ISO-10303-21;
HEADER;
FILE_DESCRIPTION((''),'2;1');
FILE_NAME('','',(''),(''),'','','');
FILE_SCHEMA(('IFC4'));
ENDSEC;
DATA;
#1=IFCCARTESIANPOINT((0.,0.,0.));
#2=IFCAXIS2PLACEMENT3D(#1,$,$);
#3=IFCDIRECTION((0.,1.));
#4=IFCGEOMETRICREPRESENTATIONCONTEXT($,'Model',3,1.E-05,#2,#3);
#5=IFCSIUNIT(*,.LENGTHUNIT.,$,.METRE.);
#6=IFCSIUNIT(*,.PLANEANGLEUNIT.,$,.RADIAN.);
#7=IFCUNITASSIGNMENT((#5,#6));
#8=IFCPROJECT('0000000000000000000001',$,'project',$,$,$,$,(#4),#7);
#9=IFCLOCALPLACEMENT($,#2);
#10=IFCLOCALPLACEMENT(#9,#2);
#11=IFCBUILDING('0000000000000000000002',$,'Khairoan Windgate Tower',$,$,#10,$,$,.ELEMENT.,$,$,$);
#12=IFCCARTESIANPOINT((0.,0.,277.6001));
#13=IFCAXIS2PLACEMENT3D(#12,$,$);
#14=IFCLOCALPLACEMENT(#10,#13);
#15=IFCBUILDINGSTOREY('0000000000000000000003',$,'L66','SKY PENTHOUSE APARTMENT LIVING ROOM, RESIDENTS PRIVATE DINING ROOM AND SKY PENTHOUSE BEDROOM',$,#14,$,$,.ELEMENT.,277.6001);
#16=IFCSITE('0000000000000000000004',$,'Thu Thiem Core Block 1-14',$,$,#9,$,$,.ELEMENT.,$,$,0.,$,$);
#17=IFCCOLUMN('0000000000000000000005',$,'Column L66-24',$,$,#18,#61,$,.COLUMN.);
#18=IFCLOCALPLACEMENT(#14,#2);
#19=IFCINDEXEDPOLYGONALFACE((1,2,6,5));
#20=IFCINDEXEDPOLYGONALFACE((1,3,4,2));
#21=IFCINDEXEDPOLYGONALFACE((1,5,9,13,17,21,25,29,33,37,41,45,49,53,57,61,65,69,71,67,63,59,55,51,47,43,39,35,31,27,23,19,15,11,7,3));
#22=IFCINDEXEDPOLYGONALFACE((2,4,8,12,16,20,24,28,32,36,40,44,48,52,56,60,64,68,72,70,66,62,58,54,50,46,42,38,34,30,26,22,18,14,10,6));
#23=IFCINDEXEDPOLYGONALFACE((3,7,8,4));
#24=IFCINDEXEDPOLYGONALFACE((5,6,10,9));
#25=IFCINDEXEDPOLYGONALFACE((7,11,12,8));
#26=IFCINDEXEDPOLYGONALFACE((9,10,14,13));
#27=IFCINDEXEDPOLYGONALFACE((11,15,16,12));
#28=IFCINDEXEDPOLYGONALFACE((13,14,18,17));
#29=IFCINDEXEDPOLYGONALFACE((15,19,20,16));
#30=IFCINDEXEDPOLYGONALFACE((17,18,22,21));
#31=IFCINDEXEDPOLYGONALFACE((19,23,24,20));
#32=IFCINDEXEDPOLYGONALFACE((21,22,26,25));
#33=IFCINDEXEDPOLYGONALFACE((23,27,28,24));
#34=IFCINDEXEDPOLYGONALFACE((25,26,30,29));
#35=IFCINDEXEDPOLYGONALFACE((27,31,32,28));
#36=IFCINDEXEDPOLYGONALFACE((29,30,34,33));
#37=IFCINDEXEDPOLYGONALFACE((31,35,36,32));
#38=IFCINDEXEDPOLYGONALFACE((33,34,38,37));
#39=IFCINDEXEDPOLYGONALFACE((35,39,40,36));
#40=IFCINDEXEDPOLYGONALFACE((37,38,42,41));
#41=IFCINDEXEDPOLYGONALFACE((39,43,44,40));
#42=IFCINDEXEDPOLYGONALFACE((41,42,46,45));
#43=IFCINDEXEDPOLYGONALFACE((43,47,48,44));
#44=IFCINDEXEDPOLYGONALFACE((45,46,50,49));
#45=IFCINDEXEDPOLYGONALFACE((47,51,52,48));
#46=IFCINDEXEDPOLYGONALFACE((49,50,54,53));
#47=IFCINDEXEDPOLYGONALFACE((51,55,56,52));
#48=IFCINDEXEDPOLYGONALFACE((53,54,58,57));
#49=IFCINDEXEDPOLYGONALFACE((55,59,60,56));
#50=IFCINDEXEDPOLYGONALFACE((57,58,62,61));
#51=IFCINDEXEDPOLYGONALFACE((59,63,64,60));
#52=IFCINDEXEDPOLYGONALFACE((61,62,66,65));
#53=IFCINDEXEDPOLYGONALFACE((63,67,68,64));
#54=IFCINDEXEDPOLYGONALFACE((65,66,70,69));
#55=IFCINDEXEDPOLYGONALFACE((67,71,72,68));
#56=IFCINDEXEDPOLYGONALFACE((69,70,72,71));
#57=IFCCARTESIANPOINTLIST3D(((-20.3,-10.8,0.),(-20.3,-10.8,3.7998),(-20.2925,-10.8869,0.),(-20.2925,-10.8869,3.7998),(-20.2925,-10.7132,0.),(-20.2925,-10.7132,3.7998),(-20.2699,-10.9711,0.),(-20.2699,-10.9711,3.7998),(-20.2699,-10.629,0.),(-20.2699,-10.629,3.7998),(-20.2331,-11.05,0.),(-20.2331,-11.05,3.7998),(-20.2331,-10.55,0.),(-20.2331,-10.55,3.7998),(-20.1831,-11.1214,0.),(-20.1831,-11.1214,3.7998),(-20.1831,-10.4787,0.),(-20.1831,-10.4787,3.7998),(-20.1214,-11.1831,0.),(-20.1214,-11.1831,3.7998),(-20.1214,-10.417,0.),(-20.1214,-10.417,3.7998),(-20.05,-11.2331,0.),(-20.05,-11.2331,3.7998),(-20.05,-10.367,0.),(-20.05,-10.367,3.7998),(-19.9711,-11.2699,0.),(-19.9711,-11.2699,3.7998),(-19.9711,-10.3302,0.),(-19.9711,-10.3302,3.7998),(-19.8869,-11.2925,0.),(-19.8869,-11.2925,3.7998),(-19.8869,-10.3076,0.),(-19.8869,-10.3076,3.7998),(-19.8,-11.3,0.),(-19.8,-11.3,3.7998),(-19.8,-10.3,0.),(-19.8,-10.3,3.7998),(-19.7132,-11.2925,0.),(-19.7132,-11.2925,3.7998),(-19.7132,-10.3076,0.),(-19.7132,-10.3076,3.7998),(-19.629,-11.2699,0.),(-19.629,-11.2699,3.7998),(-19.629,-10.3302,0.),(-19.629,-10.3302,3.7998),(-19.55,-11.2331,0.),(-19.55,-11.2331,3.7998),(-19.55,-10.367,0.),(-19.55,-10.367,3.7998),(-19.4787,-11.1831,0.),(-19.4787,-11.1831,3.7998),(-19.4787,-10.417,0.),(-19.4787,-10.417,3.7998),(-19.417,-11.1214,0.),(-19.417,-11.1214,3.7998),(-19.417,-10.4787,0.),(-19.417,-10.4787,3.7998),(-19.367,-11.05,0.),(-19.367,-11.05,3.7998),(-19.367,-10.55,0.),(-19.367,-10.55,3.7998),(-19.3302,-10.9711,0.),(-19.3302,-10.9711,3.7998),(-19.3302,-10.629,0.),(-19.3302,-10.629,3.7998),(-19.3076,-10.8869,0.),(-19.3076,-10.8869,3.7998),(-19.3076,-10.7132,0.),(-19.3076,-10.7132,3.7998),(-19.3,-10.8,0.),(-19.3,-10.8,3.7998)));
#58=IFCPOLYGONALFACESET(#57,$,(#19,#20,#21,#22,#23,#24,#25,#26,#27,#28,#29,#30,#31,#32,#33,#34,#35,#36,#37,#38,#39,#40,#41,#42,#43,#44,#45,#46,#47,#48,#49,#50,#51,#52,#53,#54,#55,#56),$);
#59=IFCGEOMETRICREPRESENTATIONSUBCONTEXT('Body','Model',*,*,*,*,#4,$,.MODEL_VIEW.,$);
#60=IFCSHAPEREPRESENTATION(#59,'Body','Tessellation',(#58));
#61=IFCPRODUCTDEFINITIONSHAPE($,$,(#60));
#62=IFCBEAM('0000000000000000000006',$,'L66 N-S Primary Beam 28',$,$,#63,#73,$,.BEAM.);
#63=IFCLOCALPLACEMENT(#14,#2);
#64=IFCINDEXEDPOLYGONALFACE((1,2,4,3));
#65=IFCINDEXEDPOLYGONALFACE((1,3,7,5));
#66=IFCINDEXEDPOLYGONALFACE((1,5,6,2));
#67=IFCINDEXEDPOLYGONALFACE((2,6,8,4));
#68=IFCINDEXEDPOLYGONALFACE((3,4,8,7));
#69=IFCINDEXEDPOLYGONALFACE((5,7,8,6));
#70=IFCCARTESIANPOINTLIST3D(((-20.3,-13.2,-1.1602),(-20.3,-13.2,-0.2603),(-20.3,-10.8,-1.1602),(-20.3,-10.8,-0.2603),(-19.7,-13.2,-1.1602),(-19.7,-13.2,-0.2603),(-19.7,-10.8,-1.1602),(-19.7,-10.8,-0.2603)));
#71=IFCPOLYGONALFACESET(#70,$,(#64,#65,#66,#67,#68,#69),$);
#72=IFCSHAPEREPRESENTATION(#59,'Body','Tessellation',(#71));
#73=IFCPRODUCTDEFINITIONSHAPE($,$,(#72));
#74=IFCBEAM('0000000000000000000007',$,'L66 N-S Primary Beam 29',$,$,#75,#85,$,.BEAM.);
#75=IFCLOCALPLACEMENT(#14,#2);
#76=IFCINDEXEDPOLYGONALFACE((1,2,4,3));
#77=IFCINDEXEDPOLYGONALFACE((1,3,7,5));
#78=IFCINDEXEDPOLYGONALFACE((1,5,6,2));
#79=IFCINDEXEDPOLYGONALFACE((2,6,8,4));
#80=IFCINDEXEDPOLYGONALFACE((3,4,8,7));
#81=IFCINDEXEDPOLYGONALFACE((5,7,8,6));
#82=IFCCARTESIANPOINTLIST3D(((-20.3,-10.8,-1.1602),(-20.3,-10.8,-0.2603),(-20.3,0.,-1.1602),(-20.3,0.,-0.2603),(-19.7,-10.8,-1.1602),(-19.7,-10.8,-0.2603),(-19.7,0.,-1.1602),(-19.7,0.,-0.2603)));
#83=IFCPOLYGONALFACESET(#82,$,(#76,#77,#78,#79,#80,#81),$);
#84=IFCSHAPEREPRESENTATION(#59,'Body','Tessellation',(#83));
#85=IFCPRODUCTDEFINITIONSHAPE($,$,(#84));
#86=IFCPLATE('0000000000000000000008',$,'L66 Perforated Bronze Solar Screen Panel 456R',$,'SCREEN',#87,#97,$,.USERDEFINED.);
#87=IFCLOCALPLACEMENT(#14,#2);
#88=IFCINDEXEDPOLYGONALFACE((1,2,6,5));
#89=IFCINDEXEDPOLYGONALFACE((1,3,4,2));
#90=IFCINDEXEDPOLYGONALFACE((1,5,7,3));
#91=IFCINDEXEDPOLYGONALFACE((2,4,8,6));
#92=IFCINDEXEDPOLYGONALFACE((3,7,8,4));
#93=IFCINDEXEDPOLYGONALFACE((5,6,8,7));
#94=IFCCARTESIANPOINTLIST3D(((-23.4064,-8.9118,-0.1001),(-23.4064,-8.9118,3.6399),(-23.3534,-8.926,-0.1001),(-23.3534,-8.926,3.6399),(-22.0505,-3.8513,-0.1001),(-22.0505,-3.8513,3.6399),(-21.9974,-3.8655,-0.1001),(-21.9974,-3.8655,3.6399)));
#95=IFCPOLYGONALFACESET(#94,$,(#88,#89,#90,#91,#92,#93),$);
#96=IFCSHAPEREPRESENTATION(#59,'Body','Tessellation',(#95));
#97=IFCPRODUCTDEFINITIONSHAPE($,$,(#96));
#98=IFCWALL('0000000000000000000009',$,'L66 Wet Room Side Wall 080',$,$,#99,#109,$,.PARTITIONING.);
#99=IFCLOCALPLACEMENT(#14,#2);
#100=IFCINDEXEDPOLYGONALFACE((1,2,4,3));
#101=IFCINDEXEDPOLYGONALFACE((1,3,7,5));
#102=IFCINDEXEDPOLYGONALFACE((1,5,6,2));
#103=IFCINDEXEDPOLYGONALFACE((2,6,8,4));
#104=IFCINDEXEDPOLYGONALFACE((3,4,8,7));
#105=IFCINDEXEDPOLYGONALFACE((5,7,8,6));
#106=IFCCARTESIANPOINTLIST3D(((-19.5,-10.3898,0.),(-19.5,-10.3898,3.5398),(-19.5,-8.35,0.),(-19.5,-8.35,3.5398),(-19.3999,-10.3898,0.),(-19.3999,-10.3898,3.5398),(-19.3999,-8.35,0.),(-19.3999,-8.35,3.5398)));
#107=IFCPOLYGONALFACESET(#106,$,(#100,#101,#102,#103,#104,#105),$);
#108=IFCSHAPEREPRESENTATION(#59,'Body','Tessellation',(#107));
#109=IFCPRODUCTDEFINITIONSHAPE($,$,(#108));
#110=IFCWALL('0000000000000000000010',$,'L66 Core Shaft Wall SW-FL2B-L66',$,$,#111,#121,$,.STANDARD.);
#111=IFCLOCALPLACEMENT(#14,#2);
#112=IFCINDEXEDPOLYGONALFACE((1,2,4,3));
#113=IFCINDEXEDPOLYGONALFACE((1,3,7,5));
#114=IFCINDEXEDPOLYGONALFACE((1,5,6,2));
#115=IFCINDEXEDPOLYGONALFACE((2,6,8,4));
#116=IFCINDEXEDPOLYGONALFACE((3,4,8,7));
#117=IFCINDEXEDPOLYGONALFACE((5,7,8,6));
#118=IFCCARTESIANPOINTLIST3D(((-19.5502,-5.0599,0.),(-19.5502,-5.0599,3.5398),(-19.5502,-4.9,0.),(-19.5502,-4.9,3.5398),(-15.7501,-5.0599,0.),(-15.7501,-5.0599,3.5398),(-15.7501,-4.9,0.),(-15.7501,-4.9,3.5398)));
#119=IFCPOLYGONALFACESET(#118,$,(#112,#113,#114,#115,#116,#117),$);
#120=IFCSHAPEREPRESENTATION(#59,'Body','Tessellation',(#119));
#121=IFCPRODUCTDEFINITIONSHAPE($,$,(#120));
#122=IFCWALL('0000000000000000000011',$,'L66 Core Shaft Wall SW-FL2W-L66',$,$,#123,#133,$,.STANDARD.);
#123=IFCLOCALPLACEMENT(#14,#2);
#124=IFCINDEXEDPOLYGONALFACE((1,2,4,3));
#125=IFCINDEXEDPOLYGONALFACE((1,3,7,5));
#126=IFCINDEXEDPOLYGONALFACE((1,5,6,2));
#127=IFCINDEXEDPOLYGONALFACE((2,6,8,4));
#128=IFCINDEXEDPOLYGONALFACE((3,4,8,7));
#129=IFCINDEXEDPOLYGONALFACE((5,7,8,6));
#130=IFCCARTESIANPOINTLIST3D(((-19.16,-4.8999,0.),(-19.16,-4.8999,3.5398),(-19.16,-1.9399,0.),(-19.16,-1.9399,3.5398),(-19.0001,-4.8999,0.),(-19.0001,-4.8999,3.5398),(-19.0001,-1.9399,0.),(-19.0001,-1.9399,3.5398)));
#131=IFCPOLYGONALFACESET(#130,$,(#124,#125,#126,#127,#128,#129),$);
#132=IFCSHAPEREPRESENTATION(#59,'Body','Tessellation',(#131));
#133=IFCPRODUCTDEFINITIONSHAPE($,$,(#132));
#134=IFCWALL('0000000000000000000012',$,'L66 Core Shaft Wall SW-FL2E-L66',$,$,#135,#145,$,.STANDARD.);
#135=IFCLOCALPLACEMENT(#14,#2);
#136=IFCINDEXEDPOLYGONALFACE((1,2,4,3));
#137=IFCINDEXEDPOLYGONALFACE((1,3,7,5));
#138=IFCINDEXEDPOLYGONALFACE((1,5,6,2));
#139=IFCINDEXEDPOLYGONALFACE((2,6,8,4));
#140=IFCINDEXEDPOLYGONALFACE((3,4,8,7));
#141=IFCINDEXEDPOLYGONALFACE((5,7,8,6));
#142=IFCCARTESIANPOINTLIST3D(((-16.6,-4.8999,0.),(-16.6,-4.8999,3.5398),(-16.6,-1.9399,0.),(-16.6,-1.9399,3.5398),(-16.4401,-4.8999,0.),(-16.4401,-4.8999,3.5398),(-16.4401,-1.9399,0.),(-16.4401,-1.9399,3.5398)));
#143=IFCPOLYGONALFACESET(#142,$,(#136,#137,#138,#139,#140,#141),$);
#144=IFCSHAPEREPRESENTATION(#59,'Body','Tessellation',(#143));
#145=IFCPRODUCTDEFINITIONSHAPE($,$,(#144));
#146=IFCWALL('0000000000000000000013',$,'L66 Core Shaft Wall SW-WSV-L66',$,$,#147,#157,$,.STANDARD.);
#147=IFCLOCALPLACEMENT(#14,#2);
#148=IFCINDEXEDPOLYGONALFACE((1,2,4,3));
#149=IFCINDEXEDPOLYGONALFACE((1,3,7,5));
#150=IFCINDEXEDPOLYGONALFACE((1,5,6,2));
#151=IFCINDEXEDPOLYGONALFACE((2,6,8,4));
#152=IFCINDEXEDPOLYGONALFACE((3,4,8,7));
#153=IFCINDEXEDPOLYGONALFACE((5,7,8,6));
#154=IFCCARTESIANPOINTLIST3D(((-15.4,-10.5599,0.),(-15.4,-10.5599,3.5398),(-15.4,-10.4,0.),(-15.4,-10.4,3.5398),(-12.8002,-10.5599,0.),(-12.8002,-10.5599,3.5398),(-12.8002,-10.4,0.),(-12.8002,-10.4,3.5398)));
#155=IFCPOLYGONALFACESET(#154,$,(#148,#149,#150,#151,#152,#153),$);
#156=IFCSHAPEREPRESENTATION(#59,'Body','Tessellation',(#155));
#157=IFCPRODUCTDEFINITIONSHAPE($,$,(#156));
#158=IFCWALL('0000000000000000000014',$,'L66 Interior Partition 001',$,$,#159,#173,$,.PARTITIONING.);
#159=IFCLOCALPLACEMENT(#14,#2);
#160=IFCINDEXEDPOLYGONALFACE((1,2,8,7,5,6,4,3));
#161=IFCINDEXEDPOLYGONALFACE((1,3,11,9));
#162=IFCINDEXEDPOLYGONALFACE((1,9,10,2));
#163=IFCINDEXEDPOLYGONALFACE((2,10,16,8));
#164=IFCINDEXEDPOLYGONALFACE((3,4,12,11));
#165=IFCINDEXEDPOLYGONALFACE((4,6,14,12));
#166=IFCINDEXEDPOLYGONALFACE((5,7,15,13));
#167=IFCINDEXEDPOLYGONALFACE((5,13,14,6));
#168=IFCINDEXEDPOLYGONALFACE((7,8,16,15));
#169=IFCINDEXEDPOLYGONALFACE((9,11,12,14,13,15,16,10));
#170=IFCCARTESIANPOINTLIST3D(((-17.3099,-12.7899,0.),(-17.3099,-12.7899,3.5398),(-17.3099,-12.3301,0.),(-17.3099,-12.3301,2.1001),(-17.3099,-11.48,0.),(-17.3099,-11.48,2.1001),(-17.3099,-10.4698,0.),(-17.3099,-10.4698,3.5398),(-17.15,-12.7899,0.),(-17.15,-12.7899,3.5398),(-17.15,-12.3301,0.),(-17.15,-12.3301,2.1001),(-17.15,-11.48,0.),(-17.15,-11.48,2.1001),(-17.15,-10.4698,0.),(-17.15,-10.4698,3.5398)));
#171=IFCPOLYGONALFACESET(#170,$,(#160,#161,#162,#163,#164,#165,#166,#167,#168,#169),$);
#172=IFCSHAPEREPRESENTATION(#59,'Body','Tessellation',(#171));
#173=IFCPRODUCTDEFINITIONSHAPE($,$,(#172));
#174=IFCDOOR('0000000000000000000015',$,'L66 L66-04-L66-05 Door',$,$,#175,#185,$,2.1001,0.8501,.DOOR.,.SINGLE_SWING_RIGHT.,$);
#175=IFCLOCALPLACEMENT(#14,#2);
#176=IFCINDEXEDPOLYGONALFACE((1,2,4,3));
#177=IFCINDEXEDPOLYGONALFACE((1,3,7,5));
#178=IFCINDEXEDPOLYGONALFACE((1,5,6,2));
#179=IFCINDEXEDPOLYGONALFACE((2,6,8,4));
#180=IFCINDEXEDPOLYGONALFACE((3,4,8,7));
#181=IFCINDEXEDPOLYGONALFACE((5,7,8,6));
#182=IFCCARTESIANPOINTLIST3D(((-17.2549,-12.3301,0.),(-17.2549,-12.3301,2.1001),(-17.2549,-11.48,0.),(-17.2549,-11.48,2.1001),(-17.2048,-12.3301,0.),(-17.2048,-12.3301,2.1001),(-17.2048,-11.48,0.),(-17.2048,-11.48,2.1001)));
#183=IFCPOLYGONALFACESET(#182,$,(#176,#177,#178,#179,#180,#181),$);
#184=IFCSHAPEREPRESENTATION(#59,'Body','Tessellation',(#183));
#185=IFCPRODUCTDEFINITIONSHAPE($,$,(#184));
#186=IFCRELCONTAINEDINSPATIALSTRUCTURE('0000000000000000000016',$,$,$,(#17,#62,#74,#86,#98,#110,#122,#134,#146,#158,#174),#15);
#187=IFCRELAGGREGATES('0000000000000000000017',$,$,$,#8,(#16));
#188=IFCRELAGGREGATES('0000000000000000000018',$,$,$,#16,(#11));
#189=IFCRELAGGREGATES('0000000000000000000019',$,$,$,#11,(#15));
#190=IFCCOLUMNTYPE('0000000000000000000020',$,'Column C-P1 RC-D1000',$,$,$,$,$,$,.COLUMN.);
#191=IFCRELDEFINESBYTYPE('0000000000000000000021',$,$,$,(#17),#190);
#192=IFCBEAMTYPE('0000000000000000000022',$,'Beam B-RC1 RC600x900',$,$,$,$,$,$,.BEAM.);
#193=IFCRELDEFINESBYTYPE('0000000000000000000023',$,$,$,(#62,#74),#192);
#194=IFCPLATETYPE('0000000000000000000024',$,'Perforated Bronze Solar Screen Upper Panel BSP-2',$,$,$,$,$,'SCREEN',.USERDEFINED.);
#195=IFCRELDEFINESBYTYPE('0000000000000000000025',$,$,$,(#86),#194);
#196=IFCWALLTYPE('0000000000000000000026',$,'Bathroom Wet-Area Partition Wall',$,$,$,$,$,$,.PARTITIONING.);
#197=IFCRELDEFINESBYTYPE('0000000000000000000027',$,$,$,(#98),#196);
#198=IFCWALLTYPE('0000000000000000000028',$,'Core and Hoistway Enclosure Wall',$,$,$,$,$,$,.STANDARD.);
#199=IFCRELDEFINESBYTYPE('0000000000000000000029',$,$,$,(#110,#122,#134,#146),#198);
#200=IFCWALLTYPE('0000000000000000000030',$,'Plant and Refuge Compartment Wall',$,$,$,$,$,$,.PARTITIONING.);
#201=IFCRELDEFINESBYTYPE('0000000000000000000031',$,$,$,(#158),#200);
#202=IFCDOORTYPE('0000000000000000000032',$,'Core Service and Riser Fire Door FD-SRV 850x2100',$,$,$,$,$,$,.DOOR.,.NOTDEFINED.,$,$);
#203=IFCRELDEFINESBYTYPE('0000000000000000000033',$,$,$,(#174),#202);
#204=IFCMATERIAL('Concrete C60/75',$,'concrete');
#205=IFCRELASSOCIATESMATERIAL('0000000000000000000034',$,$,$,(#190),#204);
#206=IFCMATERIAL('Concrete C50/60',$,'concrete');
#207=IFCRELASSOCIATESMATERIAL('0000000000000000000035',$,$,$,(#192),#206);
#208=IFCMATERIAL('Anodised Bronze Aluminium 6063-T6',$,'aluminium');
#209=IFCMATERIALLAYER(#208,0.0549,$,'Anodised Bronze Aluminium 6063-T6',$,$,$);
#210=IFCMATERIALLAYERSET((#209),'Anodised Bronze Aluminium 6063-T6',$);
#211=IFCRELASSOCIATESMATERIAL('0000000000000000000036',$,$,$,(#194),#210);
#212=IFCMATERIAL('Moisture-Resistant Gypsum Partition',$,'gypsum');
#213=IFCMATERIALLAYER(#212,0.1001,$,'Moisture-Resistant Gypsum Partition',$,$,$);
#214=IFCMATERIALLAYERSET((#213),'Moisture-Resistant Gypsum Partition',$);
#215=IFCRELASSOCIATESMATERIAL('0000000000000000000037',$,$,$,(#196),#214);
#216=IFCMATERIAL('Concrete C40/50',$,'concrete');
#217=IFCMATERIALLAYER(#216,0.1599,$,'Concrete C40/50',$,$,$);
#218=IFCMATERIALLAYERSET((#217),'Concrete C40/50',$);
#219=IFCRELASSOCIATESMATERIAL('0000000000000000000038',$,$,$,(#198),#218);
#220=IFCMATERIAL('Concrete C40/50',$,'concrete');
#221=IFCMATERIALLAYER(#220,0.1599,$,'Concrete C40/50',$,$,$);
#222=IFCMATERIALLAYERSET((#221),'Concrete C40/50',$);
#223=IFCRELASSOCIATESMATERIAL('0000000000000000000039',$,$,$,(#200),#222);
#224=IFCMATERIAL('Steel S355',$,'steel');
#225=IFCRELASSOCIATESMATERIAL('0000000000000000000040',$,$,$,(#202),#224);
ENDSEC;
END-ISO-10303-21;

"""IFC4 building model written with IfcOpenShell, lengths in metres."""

from ifc_helpers import new_model, si_unit, direction, frame, frame_2d, origin, origin_2d, place, context, subcontext, project, spatial, rectangle, circle, extrude, material, layer, layer_set, material_profile, profile_set, type_object, element, fill, save


model = new_model("IFC4")

# Units and contexts
model_context = context("Model", 3, precision=1e-05, world=origin(), true_north=direction((0.0, 1.0)))
body_context = subcontext(model_context, "Body", "Model", "MODEL_VIEW")
ifc_project = project(units=[si_unit("LENGTHUNIT", "METRE"), si_unit("PLANEANGLEUNIT", "RADIAN")], contexts=[model_context])

# Site, building, storey
site_placement = place(None, origin())
site = spatial("IfcSite", under=ifc_project, at=site_placement, Name="Thu Thiem Core Block 1-14", CompositionType="ELEMENT", RefElevation=0.0)
building_placement = place(site_placement, origin())
building = spatial("IfcBuilding", under=site, at=building_placement, Name="Khairoan Windgate Tower", CompositionType="ELEMENT")
storey_placement = place(building_placement, frame((0.0, 0.0, 277.6001)))
storey = spatial("IfcBuildingStorey", under=building, at=storey_placement, Name="L66", Description="SKY PENTHOUSE APARTMENT LIVING ROOM, RESIDENTS PRIVATE DINING ROOM AND SKY PENTHOUSE BEDROOM", CompositionType="ELEMENT", Elevation=277.6001)

# Column
ifc_material_1 = material(Name="Concrete C60/75", Category="concrete")
ifc_material_profile_1 = material_profile(ifc_material_1, circle(Radius=0.5, at=origin_2d()))
ifc_profile_set_1 = profile_set([ifc_material_profile_1], Name="Concrete C60/75")
column_type = type_object("IfcColumnType", Name="Column C-P1 RC-D1000", PredefinedType="COLUMN", material=ifc_profile_set_1)
column_placement = place(storey_placement, frame((-19.8, -10.8, 0.0), z_axis=(0.0, 0.0, 1.0), x_axis=(1.0, 0.0, 0.0)))
element("IfcColumn", 1, at=column_placement, inside=storey, type_object=column_type, Name="Column L66-24", PredefinedType="COLUMN", context=body_context, shape_type="SweptSolid", body=[
    extrude(circle(Radius=0.5, at=origin_2d()), origin(), (0.0, 0.0, 1.0), 3.7998),
])

# Beams
ifc_material_2 = material(Name="Concrete C50/60", Category="concrete")
ifc_material_profile_2 = material_profile(ifc_material_2, rectangle(XDim=0.6001, YDim=0.8999, at=origin_2d()))
ifc_profile_set_2 = profile_set([ifc_material_profile_2], Name="Concrete C50/60")
beam_type = type_object("IfcBeamType", Name="Beam B-RC1 RC600x900", PredefinedType="BEAM", material=ifc_profile_set_2)
beam_1_placement = place(storey_placement, frame((-20.0, -13.2, -0.7102), z_axis=(0.0, 1.0, 0.0), x_axis=(-1.0, 0.0, 0.0)))
element("IfcBeam", 2, at=beam_1_placement, inside=storey, type_object=beam_type, Name="L66 N-S Primary Beam 28", PredefinedType="BEAM", context=body_context, shape_type="SweptSolid", body=[
    extrude(rectangle(XDim=0.6001, YDim=0.8999, at=origin_2d()), origin(), (0.0, 0.0, 1.0), 2.3999),
])
beam_2_placement = place(storey_placement, frame((-20.0, -10.8, -0.7102), z_axis=(0.0, 1.0, 0.0), x_axis=(-1.0, 0.0, 0.0)))
element("IfcBeam", 3, at=beam_2_placement, inside=storey, type_object=beam_type, Name="L66 N-S Primary Beam 29", PredefinedType="BEAM", context=body_context, shape_type="SweptSolid", body=[
    extrude(rectangle(XDim=0.6001, YDim=0.8999, at=origin_2d()), origin(), (0.0, 0.0, 1.0), 10.8),
])

# Plate
ifc_material_3 = material(Name="Anodised Bronze Aluminium 6063-T6", Category="aluminium")
ifc_layer_1 = layer(ifc_material_3, 0.0549, Name="Anodised Bronze Aluminium 6063-T6")
ifc_layer_set_1 = layer_set([ifc_layer_1], Name="Anodised Bronze Aluminium 6063-T6")
plate_type = type_object("IfcPlateType", Name="Perforated Bronze Solar Screen Upper Panel BSP-2", ElementType="SCREEN", PredefinedType="USERDEFINED", material=ifc_layer_set_1)
plate_placement = place(storey_placement, frame((-22.7019, -6.3887, -0.1001), z_axis=(0.0, 0.0, 1.0), x_axis=(0.258819, 0.965926, 0.0)))
element("IfcPlate", 4, at=plate_placement, inside=storey, type_object=plate_type, Name="L66 Perforated Bronze Solar Screen Panel 456R", ObjectType="SCREEN", PredefinedType="USERDEFINED", context=body_context, shape_type="SweptSolid", body=[
    extrude(rectangle(XDim=5.239, YDim=0.0549, at=origin_2d()), origin(), (0.0, 0.0, 1.0), 3.74),
])

# Walls
ifc_material_4 = material(Name="Moisture-Resistant Gypsum Partition", Category="gypsum")
ifc_layer_2 = layer(ifc_material_4, 0.1001, Name="Moisture-Resistant Gypsum Partition")
ifc_layer_set_2 = layer_set([ifc_layer_2], Name="Moisture-Resistant Gypsum Partition")
wall_type_1 = type_object("IfcWallType", Name="Bathroom Wet-Area Partition Wall", PredefinedType="PARTITIONING", material=ifc_layer_set_2)
wall_1_placement = place(storey_placement, frame((-19.45, -10.3899, 0.0), z_axis=(0.0, 0.0, 1.0), x_axis=(0.0, 1.0, 0.0)))
element("IfcWall", 5, at=wall_1_placement, inside=storey, type_object=wall_type_1, Name="L66 Wet Room Side Wall 080", PredefinedType="PARTITIONING", context=body_context, shape_type="SweptSolid", body=[
    extrude(rectangle(XDim=2.0398, YDim=0.1001, at=frame_2d((1.02, 0.0))), origin(), (0.0, 0.0, 1.0), 3.5398),
])
ifc_material_5 = material(Name="Concrete C40/50", Category="concrete")
ifc_layer_3 = layer(ifc_material_5, 0.1599, Name="Concrete C40/50")
ifc_layer_set_3 = layer_set([ifc_layer_3], Name="Concrete C40/50")
wall_type_2 = type_object("IfcWallType", Name="Core and Hoistway Enclosure Wall", PredefinedType="STANDARD", material=ifc_layer_set_3)
wall_2_placement = place(storey_placement, frame((-19.55, -4.98, 0.0), z_axis=(0.0, 0.0, 1.0), x_axis=(1.0, 0.0, 0.0)))
element("IfcWall", 6, at=wall_2_placement, inside=storey, type_object=wall_type_2, Name="L66 Core Shaft Wall SW-FL2B-L66", PredefinedType="STANDARD", context=body_context, shape_type="SweptSolid", body=[
    extrude(rectangle(XDim=3.8, YDim=0.1599, at=frame_2d((1.8999, 0.0))), origin(), (0.0, 0.0, 1.0), 3.5398),
])
for number, where, z_axis, x_axis, name in (
    (7, (-19.0801, -4.8999, 0.0), (0.0, 0.0, 1.0), (0.0, 1.0, 0.0), "L66 Core Shaft Wall SW-FL2W-L66"),
    (8, (-16.52, -4.8999, 0.0), (0.0, 0.0, 1.0), (0.0, 1.0, 0.0), "L66 Core Shaft Wall SW-FL2E-L66"),
):
    element("IfcWall", number, at=place(storey_placement, frame(where, z_axis=z_axis, x_axis=x_axis)), inside=storey, type_object=wall_type_2, Name=name, PredefinedType="STANDARD", context=body_context, shape_type="SweptSolid", body=[
        extrude(rectangle(XDim=2.96, YDim=0.1599, at=frame_2d((1.48, 0.0))), origin(), (0.0, 0.0, 1.0), 3.5398),
    ])
wall_3_placement = place(storey_placement, frame((-15.3999, -10.48, 0.0), z_axis=(0.0, 0.0, 1.0), x_axis=(1.0, 0.0, 0.0)))
element("IfcWall", 9, at=wall_3_placement, inside=storey, type_object=wall_type_2, Name="L66 Core Shaft Wall SW-WSV-L66", PredefinedType="STANDARD", context=body_context, shape_type="SweptSolid", body=[
    extrude(rectangle(XDim=2.5999, YDim=0.1599, at=frame_2d((1.2998, 0.0))), origin(), (0.0, 0.0, 1.0), 3.5398),
])

# Wall, opening, door
ifc_material_6 = material(Name="Concrete C40/50", Category="concrete")
ifc_layer_4 = layer(ifc_material_6, 0.1599, Name="Concrete C40/50")
ifc_layer_set_4 = layer_set([ifc_layer_4], Name="Concrete C40/50")
wall_type_3 = type_object("IfcWallType", Name="Plant and Refuge Compartment Wall", PredefinedType="PARTITIONING", material=ifc_layer_set_4)
wall_4_placement = place(storey_placement, frame((-17.23, -12.79, 0.0), z_axis=(0.0, 0.0, 1.0), x_axis=(0.0, 1.0, 0.0)))
wall_4 = element("IfcWall", 10, at=wall_4_placement, inside=storey, type_object=wall_type_3, Name="L66 Interior Partition 001", PredefinedType="PARTITIONING", context=body_context, shape_type="SweptSolid", body=[
    extrude(rectangle(XDim=2.3201, YDim=0.1599, at=frame_2d((1.1602, 0.0))), origin(), (0.0, 0.0, 1.0), 3.5398),
])
opening_1_placement = place(wall_4_placement, frame((0.46, 0.0, 0.0)))
opening_1 = element("IfcOpeningElement", 11, at=opening_1_placement, cuts=wall_4, PredefinedType="OPENING", context=body_context, shape_type="SweptSolid", body=[
    extrude(rectangle(XDim=0.8501, YDim=2.1001, at=frame_2d((0.425, 1.05))), frame((0.0, 0.0898, 0.0), z_axis=(0.0, -1.0, 0.0), x_axis=(1.0, 0.0, 0.0)), (0.0, 0.0, 1.0), 0.1799),
])
ifc_material_7 = material(Name="Steel S355", Category="steel")
door_type_1 = type_object("IfcDoorType", Name="Core Service and Riser Fire Door FD-SRV 850x2100", OperationType="NOTDEFINED", PredefinedType="DOOR", material=ifc_material_7)
door_1_placement = place(opening_1_placement, origin())
door_1 = element("IfcDoor", 12, at=door_1_placement, inside=storey, type_object=door_type_1, Name="L66 L66-04-L66-05 Door", OperationType="SINGLE_SWING_RIGHT", OverallHeight=2.1001, OverallWidth=0.8501, PredefinedType="DOOR", context=body_context, shape_type="SweptSolid", body=[
    extrude(rectangle(XDim=0.8501, YDim=2.1001, at=frame_2d((0.425, 1.05))), frame((0.0, 0.0249, 0.0), z_axis=(0.0, -1.0, 0.0), x_axis=(1.0, 0.0, 0.0)), (0.0, 0.0, 1.0), 0.05),
])
fill(opening_1, door_1)

save(model, "model.ifc")
